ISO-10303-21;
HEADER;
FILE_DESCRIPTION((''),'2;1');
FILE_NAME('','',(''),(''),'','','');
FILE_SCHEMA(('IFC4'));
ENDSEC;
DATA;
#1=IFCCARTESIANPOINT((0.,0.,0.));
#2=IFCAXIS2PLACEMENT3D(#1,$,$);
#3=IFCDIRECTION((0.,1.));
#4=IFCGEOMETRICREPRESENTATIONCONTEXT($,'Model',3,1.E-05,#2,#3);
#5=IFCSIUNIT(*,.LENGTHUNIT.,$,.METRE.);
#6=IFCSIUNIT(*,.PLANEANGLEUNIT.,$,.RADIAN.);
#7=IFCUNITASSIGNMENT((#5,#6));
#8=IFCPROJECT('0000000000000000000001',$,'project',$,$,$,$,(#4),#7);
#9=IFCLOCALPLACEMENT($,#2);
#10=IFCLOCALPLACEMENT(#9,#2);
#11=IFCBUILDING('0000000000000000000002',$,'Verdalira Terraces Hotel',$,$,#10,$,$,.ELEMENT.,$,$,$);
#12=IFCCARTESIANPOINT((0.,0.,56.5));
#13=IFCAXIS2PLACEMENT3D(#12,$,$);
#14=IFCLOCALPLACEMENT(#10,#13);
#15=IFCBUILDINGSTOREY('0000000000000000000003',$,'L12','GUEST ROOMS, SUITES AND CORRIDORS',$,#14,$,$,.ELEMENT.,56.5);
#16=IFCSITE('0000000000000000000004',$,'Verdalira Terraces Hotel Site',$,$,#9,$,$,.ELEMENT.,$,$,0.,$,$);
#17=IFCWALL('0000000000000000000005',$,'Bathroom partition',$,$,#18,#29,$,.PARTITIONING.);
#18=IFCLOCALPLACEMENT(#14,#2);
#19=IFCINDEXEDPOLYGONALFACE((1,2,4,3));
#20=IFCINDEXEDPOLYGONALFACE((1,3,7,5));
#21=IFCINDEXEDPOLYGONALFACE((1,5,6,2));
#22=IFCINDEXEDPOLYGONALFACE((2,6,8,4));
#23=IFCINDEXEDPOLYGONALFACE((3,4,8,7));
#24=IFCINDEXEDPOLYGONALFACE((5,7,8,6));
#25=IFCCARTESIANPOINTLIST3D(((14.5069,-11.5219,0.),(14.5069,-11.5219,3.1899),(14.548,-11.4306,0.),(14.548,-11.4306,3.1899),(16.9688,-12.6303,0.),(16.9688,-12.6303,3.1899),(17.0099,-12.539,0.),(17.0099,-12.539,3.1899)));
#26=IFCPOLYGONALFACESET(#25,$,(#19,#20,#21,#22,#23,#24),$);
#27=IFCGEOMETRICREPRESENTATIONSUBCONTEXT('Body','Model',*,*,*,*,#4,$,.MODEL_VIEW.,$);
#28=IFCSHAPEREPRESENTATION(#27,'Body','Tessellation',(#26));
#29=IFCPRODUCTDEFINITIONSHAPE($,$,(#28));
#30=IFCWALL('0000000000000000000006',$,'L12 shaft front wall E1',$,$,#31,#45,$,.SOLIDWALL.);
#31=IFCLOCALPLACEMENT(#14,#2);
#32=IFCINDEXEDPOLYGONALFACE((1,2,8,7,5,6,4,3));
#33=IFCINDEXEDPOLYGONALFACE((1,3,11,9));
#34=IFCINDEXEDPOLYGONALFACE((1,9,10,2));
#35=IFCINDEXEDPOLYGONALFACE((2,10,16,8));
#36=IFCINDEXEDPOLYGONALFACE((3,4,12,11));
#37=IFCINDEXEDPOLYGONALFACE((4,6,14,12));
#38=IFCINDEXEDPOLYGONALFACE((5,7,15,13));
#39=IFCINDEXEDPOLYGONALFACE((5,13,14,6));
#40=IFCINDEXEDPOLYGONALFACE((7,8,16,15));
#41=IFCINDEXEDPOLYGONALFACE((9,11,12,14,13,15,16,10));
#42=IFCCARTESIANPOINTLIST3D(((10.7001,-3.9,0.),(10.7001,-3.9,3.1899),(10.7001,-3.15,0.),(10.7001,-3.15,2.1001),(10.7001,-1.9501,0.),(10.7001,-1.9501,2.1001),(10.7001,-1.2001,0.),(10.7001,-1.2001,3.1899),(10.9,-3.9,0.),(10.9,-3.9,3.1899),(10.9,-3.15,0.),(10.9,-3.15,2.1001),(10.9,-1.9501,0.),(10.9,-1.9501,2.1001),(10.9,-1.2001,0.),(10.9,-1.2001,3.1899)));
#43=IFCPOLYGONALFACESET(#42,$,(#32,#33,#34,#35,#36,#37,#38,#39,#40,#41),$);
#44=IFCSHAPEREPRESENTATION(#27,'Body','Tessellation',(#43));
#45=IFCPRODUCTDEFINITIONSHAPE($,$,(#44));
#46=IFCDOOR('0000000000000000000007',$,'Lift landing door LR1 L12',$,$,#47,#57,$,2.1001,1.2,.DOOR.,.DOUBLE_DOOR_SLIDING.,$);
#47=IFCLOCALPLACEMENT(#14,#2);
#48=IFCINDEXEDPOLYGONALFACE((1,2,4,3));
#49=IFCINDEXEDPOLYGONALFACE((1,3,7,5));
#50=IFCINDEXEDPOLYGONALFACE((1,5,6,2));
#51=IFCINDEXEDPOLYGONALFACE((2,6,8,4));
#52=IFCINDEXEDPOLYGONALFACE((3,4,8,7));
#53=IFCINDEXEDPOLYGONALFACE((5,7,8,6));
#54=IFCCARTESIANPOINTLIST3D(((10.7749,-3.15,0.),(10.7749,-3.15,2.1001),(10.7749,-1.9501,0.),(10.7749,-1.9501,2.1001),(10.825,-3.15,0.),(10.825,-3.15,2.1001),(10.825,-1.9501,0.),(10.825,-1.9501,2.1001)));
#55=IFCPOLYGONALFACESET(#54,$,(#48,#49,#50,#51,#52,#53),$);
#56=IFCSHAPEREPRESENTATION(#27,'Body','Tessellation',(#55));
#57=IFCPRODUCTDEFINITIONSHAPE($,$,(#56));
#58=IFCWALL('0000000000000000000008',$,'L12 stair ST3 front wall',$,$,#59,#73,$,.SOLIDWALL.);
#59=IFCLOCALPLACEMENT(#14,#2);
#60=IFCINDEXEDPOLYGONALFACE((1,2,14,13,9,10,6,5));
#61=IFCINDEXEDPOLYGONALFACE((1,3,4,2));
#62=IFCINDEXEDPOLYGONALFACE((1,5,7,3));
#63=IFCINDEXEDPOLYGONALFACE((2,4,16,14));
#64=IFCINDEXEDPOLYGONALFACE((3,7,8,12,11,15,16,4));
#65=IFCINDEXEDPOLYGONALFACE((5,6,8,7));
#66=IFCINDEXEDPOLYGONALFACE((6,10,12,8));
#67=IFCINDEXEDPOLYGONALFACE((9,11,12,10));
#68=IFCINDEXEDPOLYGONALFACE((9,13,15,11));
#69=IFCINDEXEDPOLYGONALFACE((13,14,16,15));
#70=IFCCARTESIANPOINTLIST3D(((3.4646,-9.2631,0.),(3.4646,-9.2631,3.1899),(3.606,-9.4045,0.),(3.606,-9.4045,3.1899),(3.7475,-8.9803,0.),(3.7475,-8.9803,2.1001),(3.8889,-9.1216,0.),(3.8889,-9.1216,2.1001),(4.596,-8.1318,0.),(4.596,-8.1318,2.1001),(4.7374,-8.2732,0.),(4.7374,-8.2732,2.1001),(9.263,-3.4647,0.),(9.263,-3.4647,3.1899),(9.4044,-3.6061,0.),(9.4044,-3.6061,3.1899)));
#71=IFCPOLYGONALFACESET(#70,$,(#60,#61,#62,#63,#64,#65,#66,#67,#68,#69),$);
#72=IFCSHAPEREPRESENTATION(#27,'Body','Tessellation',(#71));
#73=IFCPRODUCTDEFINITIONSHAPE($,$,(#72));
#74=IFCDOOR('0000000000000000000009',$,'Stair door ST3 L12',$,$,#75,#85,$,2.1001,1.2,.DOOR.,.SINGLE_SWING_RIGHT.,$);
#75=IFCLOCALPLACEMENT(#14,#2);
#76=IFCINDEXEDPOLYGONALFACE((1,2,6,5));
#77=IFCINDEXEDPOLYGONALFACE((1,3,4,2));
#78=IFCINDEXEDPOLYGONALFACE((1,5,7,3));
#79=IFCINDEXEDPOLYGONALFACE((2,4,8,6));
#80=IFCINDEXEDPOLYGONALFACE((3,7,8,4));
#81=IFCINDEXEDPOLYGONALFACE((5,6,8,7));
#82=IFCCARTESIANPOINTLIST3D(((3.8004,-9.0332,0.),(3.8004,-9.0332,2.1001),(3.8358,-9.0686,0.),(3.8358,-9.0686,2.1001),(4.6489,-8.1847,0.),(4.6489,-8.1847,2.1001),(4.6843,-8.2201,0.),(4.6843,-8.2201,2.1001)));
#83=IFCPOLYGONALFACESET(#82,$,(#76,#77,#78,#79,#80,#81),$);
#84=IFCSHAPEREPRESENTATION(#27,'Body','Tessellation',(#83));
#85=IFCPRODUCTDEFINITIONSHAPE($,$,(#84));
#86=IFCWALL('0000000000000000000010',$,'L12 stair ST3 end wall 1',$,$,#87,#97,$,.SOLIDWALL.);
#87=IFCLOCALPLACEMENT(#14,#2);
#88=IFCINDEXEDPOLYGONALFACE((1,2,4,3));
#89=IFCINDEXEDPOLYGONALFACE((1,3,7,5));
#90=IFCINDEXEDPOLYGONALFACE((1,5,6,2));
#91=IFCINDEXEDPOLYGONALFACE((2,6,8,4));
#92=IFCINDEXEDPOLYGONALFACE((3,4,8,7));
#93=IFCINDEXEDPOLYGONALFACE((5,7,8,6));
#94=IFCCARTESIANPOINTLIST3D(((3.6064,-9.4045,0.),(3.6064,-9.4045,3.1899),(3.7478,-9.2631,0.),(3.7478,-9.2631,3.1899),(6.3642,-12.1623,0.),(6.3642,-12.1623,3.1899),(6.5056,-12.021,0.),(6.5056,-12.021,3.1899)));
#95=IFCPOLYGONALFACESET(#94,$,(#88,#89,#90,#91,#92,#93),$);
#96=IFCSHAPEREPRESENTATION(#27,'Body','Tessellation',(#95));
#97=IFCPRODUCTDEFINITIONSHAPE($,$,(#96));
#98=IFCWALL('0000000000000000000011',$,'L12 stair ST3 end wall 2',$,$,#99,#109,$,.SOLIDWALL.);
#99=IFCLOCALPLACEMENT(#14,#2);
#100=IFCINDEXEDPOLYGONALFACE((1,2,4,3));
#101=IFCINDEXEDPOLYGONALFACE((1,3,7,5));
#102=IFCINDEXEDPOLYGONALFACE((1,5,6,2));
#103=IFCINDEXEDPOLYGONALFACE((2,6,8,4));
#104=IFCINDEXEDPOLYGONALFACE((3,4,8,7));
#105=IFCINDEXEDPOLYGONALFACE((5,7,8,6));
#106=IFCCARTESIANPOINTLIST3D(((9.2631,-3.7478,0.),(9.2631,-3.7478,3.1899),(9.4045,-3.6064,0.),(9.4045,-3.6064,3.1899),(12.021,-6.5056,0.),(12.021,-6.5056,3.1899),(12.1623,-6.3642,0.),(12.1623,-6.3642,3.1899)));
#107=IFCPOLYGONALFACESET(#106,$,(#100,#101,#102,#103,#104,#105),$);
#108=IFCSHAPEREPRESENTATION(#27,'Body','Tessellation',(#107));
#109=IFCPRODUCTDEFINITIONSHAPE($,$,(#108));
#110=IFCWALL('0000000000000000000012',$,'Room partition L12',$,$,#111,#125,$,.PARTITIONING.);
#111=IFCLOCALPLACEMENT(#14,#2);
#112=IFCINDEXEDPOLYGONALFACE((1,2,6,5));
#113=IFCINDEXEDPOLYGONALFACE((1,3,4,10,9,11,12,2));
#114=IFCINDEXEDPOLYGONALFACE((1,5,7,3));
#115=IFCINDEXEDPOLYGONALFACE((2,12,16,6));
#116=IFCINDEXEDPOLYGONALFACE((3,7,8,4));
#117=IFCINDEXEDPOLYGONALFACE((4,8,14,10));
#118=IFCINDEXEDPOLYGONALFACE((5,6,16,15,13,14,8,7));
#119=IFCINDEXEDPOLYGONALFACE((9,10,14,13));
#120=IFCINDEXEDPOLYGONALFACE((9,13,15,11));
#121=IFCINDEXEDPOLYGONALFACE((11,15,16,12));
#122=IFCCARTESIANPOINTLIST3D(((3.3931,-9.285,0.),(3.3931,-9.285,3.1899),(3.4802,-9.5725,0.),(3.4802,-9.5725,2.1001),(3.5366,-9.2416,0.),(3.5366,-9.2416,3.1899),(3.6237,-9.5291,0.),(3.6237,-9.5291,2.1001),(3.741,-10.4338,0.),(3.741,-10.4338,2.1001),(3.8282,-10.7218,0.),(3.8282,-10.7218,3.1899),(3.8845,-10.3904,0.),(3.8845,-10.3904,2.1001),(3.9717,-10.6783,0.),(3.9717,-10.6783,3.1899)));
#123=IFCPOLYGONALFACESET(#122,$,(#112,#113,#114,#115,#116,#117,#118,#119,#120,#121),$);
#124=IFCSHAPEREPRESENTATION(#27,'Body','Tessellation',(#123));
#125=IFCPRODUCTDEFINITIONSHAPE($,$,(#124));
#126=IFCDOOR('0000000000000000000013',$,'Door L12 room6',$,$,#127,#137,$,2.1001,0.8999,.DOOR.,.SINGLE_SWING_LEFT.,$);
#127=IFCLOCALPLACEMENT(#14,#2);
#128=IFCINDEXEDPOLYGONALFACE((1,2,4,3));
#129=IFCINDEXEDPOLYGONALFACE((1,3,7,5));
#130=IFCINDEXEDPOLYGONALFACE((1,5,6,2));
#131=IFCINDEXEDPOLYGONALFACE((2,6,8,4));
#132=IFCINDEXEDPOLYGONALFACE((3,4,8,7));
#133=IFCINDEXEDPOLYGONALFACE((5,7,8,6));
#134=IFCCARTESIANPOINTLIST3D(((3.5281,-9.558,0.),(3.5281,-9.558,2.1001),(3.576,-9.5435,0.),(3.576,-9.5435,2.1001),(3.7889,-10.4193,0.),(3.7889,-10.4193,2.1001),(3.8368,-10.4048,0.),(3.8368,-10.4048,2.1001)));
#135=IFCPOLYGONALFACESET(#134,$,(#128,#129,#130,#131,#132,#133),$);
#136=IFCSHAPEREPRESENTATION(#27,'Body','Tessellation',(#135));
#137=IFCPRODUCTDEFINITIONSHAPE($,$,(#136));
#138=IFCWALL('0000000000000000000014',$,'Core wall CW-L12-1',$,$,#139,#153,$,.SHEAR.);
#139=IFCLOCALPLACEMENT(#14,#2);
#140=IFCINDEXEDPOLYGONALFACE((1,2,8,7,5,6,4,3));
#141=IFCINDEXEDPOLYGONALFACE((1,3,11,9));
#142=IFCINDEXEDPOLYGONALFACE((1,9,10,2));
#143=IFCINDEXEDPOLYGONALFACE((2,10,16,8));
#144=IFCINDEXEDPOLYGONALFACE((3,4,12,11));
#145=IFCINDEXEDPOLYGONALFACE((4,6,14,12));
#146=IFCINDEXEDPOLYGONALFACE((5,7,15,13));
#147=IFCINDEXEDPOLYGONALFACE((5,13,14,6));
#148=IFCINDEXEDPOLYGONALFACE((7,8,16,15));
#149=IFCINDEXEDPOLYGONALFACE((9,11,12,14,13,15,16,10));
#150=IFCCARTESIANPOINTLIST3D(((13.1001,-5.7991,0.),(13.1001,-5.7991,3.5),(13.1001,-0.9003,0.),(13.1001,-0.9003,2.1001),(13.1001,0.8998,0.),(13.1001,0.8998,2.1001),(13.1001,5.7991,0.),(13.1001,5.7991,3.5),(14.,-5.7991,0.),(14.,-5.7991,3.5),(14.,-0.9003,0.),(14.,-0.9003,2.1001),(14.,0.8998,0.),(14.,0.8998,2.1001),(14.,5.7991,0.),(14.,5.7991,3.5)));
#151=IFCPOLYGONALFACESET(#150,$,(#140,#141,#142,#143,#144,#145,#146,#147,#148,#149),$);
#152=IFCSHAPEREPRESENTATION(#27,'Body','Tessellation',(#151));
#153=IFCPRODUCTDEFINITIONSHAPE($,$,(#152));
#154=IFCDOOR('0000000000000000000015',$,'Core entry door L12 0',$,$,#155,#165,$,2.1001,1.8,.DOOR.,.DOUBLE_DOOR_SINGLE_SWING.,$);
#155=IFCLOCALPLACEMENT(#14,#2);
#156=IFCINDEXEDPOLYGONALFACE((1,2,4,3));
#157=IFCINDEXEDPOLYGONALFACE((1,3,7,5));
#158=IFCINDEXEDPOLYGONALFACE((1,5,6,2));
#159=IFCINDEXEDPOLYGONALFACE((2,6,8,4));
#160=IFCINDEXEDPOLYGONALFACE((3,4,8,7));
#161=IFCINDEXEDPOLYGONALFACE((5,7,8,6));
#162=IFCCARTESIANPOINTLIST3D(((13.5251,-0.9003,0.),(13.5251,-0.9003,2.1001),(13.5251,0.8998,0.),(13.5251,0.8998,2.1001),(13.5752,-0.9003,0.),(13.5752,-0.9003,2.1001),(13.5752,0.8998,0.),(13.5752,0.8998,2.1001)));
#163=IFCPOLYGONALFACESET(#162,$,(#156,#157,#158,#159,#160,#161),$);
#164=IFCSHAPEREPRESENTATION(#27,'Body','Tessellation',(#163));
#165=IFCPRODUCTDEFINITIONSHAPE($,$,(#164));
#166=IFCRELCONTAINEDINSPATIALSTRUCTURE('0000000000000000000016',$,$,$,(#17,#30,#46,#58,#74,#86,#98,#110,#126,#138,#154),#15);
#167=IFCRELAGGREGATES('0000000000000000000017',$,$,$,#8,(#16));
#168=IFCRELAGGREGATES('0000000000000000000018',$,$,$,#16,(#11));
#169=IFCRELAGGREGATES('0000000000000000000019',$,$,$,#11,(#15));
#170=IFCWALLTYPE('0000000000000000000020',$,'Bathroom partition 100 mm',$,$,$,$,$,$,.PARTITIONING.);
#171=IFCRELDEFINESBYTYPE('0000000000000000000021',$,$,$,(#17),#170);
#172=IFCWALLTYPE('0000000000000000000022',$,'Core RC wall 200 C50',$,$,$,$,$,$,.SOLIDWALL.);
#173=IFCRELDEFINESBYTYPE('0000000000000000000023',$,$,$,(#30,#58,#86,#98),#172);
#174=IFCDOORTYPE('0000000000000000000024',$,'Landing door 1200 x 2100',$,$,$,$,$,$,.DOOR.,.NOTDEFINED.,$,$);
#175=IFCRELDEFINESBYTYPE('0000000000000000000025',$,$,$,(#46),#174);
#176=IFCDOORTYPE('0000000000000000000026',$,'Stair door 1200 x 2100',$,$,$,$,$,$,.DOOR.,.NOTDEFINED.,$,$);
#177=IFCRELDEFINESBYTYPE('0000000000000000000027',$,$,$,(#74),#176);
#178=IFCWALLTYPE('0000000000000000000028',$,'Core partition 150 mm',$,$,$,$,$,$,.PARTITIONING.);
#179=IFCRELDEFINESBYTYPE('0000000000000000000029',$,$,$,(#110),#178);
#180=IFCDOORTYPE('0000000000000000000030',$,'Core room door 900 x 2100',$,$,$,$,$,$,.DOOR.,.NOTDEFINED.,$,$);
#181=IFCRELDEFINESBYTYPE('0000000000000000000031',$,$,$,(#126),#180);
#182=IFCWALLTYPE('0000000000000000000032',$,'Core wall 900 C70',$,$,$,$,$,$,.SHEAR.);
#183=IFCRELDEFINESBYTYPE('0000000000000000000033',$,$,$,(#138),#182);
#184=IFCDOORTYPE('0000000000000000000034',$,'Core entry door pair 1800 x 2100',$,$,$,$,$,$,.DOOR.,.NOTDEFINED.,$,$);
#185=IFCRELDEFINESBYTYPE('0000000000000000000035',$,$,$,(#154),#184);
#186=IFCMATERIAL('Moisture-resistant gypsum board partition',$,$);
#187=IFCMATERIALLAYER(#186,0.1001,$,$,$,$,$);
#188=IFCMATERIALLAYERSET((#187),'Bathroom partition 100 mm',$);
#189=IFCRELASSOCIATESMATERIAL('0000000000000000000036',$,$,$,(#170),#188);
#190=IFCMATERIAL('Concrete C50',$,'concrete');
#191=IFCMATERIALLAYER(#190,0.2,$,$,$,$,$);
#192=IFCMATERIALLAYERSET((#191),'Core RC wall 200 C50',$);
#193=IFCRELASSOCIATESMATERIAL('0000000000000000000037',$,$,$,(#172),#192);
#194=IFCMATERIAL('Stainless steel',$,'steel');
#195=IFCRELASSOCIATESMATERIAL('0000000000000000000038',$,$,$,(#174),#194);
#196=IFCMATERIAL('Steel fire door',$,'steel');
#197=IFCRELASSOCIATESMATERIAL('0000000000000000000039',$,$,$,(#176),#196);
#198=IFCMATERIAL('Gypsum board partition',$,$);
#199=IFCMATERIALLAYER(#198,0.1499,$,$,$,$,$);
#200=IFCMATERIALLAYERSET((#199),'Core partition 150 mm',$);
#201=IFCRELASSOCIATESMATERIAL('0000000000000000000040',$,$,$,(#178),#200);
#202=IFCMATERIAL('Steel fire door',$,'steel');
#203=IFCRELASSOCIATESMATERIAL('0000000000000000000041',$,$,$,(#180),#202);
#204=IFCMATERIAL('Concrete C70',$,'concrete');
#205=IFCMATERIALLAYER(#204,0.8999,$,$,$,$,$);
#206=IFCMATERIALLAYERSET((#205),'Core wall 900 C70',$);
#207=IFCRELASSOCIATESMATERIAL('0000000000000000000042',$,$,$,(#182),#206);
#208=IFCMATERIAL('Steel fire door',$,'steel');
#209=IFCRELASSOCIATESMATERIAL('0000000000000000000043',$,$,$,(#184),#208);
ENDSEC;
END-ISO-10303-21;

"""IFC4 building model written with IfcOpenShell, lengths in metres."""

from ifc_helpers import new_model, si_unit, direction, frame, frame_2d, origin, place, context, subcontext, project, spatial, rectangle, extrude, material, layer, layer_set, type_object, element, fill, save


model = new_model("IFC4")

# Units and contexts
model_context = context("Model", 3, precision=1e-05, world=origin(), true_north=direction((0.0, 1.0)))
body_context = subcontext(model_context, "Body", "Model", "MODEL_VIEW")
ifc_project = project(units=[si_unit("LENGTHUNIT", "METRE"), si_unit("PLANEANGLEUNIT", "RADIAN")], contexts=[model_context])

# Site, building, storey
site_placement = place(None, origin())
site = spatial("IfcSite", under=ifc_project, at=site_placement, Name="Verdalira Terraces Hotel Site", CompositionType="ELEMENT", RefElevation=0.0)
building_placement = place(site_placement, origin())
building = spatial("IfcBuilding", under=site, at=building_placement, Name="Verdalira Terraces Hotel", CompositionType="ELEMENT")
storey_placement = place(building_placement, frame((0.0, 0.0, 56.5)))
storey = spatial("IfcBuildingStorey", under=building, at=storey_placement, Name="L12", Description="GUEST ROOMS, SUITES AND CORRIDORS", CompositionType="ELEMENT", Elevation=56.5)

# Wall
ifc_material_1 = material(Name="Moisture-resistant gypsum board partition")
ifc_layer_1 = layer(ifc_material_1, 0.1001)
ifc_layer_set_1 = layer_set([ifc_layer_1], Name="Bathroom partition 100 mm")
wall_type_1 = type_object("IfcWallType", Name="Bathroom partition 100 mm", PredefinedType="PARTITIONING", material=ifc_layer_set_1)
wall_1_placement = place(storey_placement, frame((16.9895, -12.5847, 0.0), z_axis=(0.0, 0.0, 1.0), x_axis=(-0.911847, 0.41053, 0.0)))
element("IfcWall", 1, at=wall_1_placement, inside=storey, type_object=wall_type_1, Name="Bathroom partition", PredefinedType="PARTITIONING", context=body_context, shape_type="SweptSolid", body=[
    extrude(rectangle(XDim=2.7, YDim=0.1001, at=frame_2d((1.3501, 0.0))), origin(), (0.0, 0.0, 1.0), 3.1899),
])

# Walls, openings, doors
ifc_material_2 = material(Name="Concrete C50", Category="concrete")
ifc_layer_2 = layer(ifc_material_2, 0.2)
ifc_layer_set_2 = layer_set([ifc_layer_2], Name="Core RC wall 200 C50")
wall_type_2 = type_object("IfcWallType", Name="Core RC wall 200 C50", PredefinedType="SOLIDWALL", material=ifc_layer_set_2)
wall_2_placement = place(storey_placement, frame((10.8, -1.2, 0.0), z_axis=(0.0, 0.0, 1.0), x_axis=(0.0, -1.0, 0.0)))
wall_2 = element("IfcWall", 2, at=wall_2_placement, inside=storey, type_object=wall_type_2, Name="L12 shaft front wall E1", PredefinedType="SOLIDWALL", context=body_context, shape_type="SweptSolid", body=[
    extrude(rectangle(XDim=2.7, YDim=0.2, at=frame_2d((1.3501, 0.0))), origin(), (0.0, 0.0, 1.0), 3.1899),
])
opening_1_placement = place(wall_2_placement, frame((0.75, 0.0, 0.0)))
opening_1 = element("IfcOpeningElement", 3, at=opening_1_placement, cuts=wall_2, PredefinedType="OPENING", context=body_context, shape_type="SweptSolid", body=[
    extrude(rectangle(XDim=1.2, YDim=2.1001, at=frame_2d((0.6001, 1.05))), frame((0.0, 0.1099, 0.0), z_axis=(0.0, -1.0, 0.0), x_axis=(1.0, 0.0, 0.0)), (0.0, 0.0, 1.0), 0.22),
])
ifc_material_3 = material(Name="Stainless steel", Category="steel")
door_type_1 = type_object("IfcDoorType", Name="Landing door 1200 x 2100", OperationType="NOTDEFINED", PredefinedType="DOOR", material=ifc_material_3)
door_1_placement = place(opening_1_placement, origin())
door_1 = element("IfcDoor", 4, at=door_1_placement, inside=storey, type_object=door_type_1, Name="Lift landing door LR1 L12", OperationType="DOUBLE_DOOR_SLIDING", OverallHeight=2.1001, OverallWidth=1.2, PredefinedType="DOOR", context=body_context, shape_type="SweptSolid", body=[
    extrude(rectangle(XDim=1.2, YDim=2.1001, at=frame_2d((0.6001, 1.05))), frame((0.0, 0.0249, 0.0), z_axis=(0.0, -1.0, 0.0), x_axis=(1.0, 0.0, 0.0)), (0.0, 0.0, 1.0), 0.05),
])
fill(opening_1, door_1)
wall_3_placement = place(storey_placement, frame((9.3337, -3.5354, 0.0), z_axis=(0.0, 0.0, 1.0), x_axis=(-0.707107, -0.707107, 0.0)))
wall_3 = element("IfcWall", 5, at=wall_3_placement, inside=storey, type_object=wall_type_2, Name="L12 stair ST3 front wall", PredefinedType="SOLIDWALL", context=body_context, shape_type="SweptSolid", body=[
    extrude(rectangle(XDim=8.2002, YDim=0.2, at=frame_2d((4.1001, 0.0))), origin(), (0.0, 0.0, 1.0), 3.1899),
])
opening_2_placement = place(wall_3_placement, frame((6.6001, 0.0, 0.0)))
opening_2 = element("IfcOpeningElement", 6, at=opening_2_placement, cuts=wall_3, PredefinedType="OPENING", context=body_context, shape_type="SweptSolid", body=[
    extrude(rectangle(XDim=1.2, YDim=2.1001, at=frame_2d((0.6001, 1.05))), frame((0.0, 0.1099, 0.0), z_axis=(0.0, -1.0, 0.0), x_axis=(1.0, 0.0, 0.0)), (0.0, 0.0, 1.0), 0.22),
])
ifc_material_4 = material(Name="Steel fire door", Category="steel")
door_type_2 = type_object("IfcDoorType", Name="Stair door 1200 x 2100", OperationType="NOTDEFINED", PredefinedType="DOOR", material=ifc_material_4)
door_2_placement = place(opening_2_placement, origin())
door_2 = element("IfcDoor", 7, at=door_2_placement, inside=storey, type_object=door_type_2, Name="Stair door ST3 L12", OperationType="SINGLE_SWING_RIGHT", OverallHeight=2.1001, OverallWidth=1.2, PredefinedType="DOOR", context=body_context, shape_type="SweptSolid", body=[
    extrude(rectangle(XDim=1.2, YDim=2.1001, at=frame_2d((0.6001, 1.05))), frame((0.0, 0.0249, 0.0), z_axis=(0.0, -1.0, 0.0), x_axis=(1.0, 0.0, 0.0)), (0.0, 0.0, 1.0), 0.05),
])
fill(opening_2, door_2)

# Walls
for number, where, z_axis, x_axis, name in (
    (8, (3.677, -9.3337, 0.0), (0.0, 0.0, 1.0), (0.707107, -0.707107, 0.0), "L12 stair ST3 end wall 1"),
    (9, (9.3337, -3.677, 0.0), (0.0, 0.0, 1.0), (0.707107, -0.707107, 0.0), "L12 stair ST3 end wall 2"),
):
    element("IfcWall", number, at=place(storey_placement, frame(where, z_axis=z_axis, x_axis=x_axis)), inside=storey, type_object=wall_type_2, Name=name, PredefinedType="SOLIDWALL", context=body_context, shape_type="SweptSolid", body=[
        extrude(rectangle(XDim=3.9001, YDim=0.2, at=frame_2d((1.9502, 0.0))), origin(), (0.0, 0.0, 1.0), 3.1899),
    ])

# Walls, openings, doors
ifc_material_5 = material(Name="Gypsum board partition")
ifc_layer_3 = layer(ifc_material_5, 0.1499)
ifc_layer_set_3 = layer_set([ifc_layer_3], Name="Core partition 150 mm")
wall_type_3 = type_object("IfcWallType", Name="Core partition 150 mm", PredefinedType="PARTITIONING", material=ifc_layer_set_3)
wall_4_placement = place(storey_placement, frame((3.8999, -10.7, 0.0), z_axis=(0.0, 0.0, 1.0), x_axis=(-0.289809, 0.957085, 0.0)))
wall_4 = element("IfcWall", 10, at=wall_4_placement, inside=storey, type_object=wall_type_3, Name="Room partition L12", PredefinedType="PARTITIONING", context=body_context, shape_type="SweptSolid", body=[
    extrude(rectangle(XDim=1.5012, YDim=0.1499, at=frame_2d((0.7505, 0.0))), origin(), (0.0, 0.0, 1.0), 3.1899),
])
opening_3_placement = place(wall_4_placement, frame((0.3008, 0.0, 0.0)))
opening_3 = element("IfcOpeningElement", 11, at=opening_3_placement, cuts=wall_4, PredefinedType="OPENING", context=body_context, shape_type="SweptSolid", body=[
    extrude(rectangle(XDim=0.8999, YDim=2.1001, at=frame_2d((0.45, 1.05))), frame((0.0, 0.085, 0.0), z_axis=(0.0, -1.0, 0.0), x_axis=(1.0, 0.0, 0.0)), (0.0, 0.0, 1.0), 0.1699),
])
ifc_material_6 = material(Name="Steel fire door", Category="steel")
door_type_3 = type_object("IfcDoorType", Name="Core room door 900 x 2100", OperationType="NOTDEFINED", PredefinedType="DOOR", material=ifc_material_6)
door_3_placement = place(opening_3_placement, origin())
door_3 = element("IfcDoor", 12, at=door_3_placement, inside=storey, type_object=door_type_3, Name="Door L12 room6", OperationType="SINGLE_SWING_LEFT", OverallHeight=2.1001, OverallWidth=0.8999, PredefinedType="DOOR", context=body_context, shape_type="SweptSolid", body=[
    extrude(rectangle(XDim=0.8999, YDim=2.1001, at=frame_2d((0.45, 1.05))), frame((0.0, 0.0249, 0.0), z_axis=(0.0, -1.0, 0.0), x_axis=(1.0, 0.0, 0.0)), (0.0, 0.0, 1.0), 0.05),
])
fill(opening_3, door_3)
ifc_material_7 = material(Name="Concrete C70", Category="concrete")
ifc_layer_4 = layer(ifc_material_7, 0.8999)
ifc_layer_set_4 = layer_set([ifc_layer_4], Name="Core wall 900 C70")
wall_type_4 = type_object("IfcWallType", Name="Core wall 900 C70", PredefinedType="SHEAR", material=ifc_layer_set_4)
wall_5_placement = place(storey_placement, frame((13.55, -5.7991, 0.0), z_axis=(0.0, 0.0, 1.0), x_axis=(0.0, 1.0, 0.0)))
wall_5 = element("IfcWall", 13, at=wall_5_placement, inside=storey, type_object=wall_type_4, Name="Core wall CW-L12-1", PredefinedType="SHEAR", context=body_context, shape_type="SweptSolid", body=[
    extrude(rectangle(XDim=11.5981, YDim=0.8999, at=frame_2d((5.7991, 0.0))), origin(), (0.0, 0.0, 1.0), 3.5),
])
opening_4_placement = place(wall_5_placement, frame((4.8989, 0.0, 0.0)))
opening_4 = element("IfcOpeningElement", 14, at=opening_4_placement, cuts=wall_5, PredefinedType="OPENING", context=body_context, shape_type="SweptSolid", body=[
    extrude(rectangle(XDim=1.8, YDim=2.1001, at=frame_2d((0.8999, 1.05))), frame((0.0, 0.46, 0.0), z_axis=(0.0, -1.0, 0.0), x_axis=(1.0, 0.0, 0.0)), (0.0, 0.0, 1.0), 0.9199),
])
ifc_material_8 = material(Name="Steel fire door", Category="steel")
door_type_4 = type_object("IfcDoorType", Name="Core entry door pair 1800 x 2100", OperationType="NOTDEFINED", PredefinedType="DOOR", material=ifc_material_8)
door_4_placement = place(opening_4_placement, origin())
door_4 = element("IfcDoor", 15, at=door_4_placement, inside=storey, type_object=door_type_4, Name="Core entry door L12 0", OperationType="DOUBLE_DOOR_SINGLE_SWING", OverallHeight=2.1001, OverallWidth=1.8, PredefinedType="DOOR", context=body_context, shape_type="SweptSolid", body=[
    extrude(rectangle(XDim=1.8, YDim=2.1001, at=frame_2d((0.8999, 1.05))), frame((0.0, 0.0249, 0.0), z_axis=(0.0, -1.0, 0.0), x_axis=(1.0, 0.0, 0.0)), (0.0, 0.0, 1.0), 0.05),
])
fill(opening_4, door_4)

save(model, "model.ifc")
